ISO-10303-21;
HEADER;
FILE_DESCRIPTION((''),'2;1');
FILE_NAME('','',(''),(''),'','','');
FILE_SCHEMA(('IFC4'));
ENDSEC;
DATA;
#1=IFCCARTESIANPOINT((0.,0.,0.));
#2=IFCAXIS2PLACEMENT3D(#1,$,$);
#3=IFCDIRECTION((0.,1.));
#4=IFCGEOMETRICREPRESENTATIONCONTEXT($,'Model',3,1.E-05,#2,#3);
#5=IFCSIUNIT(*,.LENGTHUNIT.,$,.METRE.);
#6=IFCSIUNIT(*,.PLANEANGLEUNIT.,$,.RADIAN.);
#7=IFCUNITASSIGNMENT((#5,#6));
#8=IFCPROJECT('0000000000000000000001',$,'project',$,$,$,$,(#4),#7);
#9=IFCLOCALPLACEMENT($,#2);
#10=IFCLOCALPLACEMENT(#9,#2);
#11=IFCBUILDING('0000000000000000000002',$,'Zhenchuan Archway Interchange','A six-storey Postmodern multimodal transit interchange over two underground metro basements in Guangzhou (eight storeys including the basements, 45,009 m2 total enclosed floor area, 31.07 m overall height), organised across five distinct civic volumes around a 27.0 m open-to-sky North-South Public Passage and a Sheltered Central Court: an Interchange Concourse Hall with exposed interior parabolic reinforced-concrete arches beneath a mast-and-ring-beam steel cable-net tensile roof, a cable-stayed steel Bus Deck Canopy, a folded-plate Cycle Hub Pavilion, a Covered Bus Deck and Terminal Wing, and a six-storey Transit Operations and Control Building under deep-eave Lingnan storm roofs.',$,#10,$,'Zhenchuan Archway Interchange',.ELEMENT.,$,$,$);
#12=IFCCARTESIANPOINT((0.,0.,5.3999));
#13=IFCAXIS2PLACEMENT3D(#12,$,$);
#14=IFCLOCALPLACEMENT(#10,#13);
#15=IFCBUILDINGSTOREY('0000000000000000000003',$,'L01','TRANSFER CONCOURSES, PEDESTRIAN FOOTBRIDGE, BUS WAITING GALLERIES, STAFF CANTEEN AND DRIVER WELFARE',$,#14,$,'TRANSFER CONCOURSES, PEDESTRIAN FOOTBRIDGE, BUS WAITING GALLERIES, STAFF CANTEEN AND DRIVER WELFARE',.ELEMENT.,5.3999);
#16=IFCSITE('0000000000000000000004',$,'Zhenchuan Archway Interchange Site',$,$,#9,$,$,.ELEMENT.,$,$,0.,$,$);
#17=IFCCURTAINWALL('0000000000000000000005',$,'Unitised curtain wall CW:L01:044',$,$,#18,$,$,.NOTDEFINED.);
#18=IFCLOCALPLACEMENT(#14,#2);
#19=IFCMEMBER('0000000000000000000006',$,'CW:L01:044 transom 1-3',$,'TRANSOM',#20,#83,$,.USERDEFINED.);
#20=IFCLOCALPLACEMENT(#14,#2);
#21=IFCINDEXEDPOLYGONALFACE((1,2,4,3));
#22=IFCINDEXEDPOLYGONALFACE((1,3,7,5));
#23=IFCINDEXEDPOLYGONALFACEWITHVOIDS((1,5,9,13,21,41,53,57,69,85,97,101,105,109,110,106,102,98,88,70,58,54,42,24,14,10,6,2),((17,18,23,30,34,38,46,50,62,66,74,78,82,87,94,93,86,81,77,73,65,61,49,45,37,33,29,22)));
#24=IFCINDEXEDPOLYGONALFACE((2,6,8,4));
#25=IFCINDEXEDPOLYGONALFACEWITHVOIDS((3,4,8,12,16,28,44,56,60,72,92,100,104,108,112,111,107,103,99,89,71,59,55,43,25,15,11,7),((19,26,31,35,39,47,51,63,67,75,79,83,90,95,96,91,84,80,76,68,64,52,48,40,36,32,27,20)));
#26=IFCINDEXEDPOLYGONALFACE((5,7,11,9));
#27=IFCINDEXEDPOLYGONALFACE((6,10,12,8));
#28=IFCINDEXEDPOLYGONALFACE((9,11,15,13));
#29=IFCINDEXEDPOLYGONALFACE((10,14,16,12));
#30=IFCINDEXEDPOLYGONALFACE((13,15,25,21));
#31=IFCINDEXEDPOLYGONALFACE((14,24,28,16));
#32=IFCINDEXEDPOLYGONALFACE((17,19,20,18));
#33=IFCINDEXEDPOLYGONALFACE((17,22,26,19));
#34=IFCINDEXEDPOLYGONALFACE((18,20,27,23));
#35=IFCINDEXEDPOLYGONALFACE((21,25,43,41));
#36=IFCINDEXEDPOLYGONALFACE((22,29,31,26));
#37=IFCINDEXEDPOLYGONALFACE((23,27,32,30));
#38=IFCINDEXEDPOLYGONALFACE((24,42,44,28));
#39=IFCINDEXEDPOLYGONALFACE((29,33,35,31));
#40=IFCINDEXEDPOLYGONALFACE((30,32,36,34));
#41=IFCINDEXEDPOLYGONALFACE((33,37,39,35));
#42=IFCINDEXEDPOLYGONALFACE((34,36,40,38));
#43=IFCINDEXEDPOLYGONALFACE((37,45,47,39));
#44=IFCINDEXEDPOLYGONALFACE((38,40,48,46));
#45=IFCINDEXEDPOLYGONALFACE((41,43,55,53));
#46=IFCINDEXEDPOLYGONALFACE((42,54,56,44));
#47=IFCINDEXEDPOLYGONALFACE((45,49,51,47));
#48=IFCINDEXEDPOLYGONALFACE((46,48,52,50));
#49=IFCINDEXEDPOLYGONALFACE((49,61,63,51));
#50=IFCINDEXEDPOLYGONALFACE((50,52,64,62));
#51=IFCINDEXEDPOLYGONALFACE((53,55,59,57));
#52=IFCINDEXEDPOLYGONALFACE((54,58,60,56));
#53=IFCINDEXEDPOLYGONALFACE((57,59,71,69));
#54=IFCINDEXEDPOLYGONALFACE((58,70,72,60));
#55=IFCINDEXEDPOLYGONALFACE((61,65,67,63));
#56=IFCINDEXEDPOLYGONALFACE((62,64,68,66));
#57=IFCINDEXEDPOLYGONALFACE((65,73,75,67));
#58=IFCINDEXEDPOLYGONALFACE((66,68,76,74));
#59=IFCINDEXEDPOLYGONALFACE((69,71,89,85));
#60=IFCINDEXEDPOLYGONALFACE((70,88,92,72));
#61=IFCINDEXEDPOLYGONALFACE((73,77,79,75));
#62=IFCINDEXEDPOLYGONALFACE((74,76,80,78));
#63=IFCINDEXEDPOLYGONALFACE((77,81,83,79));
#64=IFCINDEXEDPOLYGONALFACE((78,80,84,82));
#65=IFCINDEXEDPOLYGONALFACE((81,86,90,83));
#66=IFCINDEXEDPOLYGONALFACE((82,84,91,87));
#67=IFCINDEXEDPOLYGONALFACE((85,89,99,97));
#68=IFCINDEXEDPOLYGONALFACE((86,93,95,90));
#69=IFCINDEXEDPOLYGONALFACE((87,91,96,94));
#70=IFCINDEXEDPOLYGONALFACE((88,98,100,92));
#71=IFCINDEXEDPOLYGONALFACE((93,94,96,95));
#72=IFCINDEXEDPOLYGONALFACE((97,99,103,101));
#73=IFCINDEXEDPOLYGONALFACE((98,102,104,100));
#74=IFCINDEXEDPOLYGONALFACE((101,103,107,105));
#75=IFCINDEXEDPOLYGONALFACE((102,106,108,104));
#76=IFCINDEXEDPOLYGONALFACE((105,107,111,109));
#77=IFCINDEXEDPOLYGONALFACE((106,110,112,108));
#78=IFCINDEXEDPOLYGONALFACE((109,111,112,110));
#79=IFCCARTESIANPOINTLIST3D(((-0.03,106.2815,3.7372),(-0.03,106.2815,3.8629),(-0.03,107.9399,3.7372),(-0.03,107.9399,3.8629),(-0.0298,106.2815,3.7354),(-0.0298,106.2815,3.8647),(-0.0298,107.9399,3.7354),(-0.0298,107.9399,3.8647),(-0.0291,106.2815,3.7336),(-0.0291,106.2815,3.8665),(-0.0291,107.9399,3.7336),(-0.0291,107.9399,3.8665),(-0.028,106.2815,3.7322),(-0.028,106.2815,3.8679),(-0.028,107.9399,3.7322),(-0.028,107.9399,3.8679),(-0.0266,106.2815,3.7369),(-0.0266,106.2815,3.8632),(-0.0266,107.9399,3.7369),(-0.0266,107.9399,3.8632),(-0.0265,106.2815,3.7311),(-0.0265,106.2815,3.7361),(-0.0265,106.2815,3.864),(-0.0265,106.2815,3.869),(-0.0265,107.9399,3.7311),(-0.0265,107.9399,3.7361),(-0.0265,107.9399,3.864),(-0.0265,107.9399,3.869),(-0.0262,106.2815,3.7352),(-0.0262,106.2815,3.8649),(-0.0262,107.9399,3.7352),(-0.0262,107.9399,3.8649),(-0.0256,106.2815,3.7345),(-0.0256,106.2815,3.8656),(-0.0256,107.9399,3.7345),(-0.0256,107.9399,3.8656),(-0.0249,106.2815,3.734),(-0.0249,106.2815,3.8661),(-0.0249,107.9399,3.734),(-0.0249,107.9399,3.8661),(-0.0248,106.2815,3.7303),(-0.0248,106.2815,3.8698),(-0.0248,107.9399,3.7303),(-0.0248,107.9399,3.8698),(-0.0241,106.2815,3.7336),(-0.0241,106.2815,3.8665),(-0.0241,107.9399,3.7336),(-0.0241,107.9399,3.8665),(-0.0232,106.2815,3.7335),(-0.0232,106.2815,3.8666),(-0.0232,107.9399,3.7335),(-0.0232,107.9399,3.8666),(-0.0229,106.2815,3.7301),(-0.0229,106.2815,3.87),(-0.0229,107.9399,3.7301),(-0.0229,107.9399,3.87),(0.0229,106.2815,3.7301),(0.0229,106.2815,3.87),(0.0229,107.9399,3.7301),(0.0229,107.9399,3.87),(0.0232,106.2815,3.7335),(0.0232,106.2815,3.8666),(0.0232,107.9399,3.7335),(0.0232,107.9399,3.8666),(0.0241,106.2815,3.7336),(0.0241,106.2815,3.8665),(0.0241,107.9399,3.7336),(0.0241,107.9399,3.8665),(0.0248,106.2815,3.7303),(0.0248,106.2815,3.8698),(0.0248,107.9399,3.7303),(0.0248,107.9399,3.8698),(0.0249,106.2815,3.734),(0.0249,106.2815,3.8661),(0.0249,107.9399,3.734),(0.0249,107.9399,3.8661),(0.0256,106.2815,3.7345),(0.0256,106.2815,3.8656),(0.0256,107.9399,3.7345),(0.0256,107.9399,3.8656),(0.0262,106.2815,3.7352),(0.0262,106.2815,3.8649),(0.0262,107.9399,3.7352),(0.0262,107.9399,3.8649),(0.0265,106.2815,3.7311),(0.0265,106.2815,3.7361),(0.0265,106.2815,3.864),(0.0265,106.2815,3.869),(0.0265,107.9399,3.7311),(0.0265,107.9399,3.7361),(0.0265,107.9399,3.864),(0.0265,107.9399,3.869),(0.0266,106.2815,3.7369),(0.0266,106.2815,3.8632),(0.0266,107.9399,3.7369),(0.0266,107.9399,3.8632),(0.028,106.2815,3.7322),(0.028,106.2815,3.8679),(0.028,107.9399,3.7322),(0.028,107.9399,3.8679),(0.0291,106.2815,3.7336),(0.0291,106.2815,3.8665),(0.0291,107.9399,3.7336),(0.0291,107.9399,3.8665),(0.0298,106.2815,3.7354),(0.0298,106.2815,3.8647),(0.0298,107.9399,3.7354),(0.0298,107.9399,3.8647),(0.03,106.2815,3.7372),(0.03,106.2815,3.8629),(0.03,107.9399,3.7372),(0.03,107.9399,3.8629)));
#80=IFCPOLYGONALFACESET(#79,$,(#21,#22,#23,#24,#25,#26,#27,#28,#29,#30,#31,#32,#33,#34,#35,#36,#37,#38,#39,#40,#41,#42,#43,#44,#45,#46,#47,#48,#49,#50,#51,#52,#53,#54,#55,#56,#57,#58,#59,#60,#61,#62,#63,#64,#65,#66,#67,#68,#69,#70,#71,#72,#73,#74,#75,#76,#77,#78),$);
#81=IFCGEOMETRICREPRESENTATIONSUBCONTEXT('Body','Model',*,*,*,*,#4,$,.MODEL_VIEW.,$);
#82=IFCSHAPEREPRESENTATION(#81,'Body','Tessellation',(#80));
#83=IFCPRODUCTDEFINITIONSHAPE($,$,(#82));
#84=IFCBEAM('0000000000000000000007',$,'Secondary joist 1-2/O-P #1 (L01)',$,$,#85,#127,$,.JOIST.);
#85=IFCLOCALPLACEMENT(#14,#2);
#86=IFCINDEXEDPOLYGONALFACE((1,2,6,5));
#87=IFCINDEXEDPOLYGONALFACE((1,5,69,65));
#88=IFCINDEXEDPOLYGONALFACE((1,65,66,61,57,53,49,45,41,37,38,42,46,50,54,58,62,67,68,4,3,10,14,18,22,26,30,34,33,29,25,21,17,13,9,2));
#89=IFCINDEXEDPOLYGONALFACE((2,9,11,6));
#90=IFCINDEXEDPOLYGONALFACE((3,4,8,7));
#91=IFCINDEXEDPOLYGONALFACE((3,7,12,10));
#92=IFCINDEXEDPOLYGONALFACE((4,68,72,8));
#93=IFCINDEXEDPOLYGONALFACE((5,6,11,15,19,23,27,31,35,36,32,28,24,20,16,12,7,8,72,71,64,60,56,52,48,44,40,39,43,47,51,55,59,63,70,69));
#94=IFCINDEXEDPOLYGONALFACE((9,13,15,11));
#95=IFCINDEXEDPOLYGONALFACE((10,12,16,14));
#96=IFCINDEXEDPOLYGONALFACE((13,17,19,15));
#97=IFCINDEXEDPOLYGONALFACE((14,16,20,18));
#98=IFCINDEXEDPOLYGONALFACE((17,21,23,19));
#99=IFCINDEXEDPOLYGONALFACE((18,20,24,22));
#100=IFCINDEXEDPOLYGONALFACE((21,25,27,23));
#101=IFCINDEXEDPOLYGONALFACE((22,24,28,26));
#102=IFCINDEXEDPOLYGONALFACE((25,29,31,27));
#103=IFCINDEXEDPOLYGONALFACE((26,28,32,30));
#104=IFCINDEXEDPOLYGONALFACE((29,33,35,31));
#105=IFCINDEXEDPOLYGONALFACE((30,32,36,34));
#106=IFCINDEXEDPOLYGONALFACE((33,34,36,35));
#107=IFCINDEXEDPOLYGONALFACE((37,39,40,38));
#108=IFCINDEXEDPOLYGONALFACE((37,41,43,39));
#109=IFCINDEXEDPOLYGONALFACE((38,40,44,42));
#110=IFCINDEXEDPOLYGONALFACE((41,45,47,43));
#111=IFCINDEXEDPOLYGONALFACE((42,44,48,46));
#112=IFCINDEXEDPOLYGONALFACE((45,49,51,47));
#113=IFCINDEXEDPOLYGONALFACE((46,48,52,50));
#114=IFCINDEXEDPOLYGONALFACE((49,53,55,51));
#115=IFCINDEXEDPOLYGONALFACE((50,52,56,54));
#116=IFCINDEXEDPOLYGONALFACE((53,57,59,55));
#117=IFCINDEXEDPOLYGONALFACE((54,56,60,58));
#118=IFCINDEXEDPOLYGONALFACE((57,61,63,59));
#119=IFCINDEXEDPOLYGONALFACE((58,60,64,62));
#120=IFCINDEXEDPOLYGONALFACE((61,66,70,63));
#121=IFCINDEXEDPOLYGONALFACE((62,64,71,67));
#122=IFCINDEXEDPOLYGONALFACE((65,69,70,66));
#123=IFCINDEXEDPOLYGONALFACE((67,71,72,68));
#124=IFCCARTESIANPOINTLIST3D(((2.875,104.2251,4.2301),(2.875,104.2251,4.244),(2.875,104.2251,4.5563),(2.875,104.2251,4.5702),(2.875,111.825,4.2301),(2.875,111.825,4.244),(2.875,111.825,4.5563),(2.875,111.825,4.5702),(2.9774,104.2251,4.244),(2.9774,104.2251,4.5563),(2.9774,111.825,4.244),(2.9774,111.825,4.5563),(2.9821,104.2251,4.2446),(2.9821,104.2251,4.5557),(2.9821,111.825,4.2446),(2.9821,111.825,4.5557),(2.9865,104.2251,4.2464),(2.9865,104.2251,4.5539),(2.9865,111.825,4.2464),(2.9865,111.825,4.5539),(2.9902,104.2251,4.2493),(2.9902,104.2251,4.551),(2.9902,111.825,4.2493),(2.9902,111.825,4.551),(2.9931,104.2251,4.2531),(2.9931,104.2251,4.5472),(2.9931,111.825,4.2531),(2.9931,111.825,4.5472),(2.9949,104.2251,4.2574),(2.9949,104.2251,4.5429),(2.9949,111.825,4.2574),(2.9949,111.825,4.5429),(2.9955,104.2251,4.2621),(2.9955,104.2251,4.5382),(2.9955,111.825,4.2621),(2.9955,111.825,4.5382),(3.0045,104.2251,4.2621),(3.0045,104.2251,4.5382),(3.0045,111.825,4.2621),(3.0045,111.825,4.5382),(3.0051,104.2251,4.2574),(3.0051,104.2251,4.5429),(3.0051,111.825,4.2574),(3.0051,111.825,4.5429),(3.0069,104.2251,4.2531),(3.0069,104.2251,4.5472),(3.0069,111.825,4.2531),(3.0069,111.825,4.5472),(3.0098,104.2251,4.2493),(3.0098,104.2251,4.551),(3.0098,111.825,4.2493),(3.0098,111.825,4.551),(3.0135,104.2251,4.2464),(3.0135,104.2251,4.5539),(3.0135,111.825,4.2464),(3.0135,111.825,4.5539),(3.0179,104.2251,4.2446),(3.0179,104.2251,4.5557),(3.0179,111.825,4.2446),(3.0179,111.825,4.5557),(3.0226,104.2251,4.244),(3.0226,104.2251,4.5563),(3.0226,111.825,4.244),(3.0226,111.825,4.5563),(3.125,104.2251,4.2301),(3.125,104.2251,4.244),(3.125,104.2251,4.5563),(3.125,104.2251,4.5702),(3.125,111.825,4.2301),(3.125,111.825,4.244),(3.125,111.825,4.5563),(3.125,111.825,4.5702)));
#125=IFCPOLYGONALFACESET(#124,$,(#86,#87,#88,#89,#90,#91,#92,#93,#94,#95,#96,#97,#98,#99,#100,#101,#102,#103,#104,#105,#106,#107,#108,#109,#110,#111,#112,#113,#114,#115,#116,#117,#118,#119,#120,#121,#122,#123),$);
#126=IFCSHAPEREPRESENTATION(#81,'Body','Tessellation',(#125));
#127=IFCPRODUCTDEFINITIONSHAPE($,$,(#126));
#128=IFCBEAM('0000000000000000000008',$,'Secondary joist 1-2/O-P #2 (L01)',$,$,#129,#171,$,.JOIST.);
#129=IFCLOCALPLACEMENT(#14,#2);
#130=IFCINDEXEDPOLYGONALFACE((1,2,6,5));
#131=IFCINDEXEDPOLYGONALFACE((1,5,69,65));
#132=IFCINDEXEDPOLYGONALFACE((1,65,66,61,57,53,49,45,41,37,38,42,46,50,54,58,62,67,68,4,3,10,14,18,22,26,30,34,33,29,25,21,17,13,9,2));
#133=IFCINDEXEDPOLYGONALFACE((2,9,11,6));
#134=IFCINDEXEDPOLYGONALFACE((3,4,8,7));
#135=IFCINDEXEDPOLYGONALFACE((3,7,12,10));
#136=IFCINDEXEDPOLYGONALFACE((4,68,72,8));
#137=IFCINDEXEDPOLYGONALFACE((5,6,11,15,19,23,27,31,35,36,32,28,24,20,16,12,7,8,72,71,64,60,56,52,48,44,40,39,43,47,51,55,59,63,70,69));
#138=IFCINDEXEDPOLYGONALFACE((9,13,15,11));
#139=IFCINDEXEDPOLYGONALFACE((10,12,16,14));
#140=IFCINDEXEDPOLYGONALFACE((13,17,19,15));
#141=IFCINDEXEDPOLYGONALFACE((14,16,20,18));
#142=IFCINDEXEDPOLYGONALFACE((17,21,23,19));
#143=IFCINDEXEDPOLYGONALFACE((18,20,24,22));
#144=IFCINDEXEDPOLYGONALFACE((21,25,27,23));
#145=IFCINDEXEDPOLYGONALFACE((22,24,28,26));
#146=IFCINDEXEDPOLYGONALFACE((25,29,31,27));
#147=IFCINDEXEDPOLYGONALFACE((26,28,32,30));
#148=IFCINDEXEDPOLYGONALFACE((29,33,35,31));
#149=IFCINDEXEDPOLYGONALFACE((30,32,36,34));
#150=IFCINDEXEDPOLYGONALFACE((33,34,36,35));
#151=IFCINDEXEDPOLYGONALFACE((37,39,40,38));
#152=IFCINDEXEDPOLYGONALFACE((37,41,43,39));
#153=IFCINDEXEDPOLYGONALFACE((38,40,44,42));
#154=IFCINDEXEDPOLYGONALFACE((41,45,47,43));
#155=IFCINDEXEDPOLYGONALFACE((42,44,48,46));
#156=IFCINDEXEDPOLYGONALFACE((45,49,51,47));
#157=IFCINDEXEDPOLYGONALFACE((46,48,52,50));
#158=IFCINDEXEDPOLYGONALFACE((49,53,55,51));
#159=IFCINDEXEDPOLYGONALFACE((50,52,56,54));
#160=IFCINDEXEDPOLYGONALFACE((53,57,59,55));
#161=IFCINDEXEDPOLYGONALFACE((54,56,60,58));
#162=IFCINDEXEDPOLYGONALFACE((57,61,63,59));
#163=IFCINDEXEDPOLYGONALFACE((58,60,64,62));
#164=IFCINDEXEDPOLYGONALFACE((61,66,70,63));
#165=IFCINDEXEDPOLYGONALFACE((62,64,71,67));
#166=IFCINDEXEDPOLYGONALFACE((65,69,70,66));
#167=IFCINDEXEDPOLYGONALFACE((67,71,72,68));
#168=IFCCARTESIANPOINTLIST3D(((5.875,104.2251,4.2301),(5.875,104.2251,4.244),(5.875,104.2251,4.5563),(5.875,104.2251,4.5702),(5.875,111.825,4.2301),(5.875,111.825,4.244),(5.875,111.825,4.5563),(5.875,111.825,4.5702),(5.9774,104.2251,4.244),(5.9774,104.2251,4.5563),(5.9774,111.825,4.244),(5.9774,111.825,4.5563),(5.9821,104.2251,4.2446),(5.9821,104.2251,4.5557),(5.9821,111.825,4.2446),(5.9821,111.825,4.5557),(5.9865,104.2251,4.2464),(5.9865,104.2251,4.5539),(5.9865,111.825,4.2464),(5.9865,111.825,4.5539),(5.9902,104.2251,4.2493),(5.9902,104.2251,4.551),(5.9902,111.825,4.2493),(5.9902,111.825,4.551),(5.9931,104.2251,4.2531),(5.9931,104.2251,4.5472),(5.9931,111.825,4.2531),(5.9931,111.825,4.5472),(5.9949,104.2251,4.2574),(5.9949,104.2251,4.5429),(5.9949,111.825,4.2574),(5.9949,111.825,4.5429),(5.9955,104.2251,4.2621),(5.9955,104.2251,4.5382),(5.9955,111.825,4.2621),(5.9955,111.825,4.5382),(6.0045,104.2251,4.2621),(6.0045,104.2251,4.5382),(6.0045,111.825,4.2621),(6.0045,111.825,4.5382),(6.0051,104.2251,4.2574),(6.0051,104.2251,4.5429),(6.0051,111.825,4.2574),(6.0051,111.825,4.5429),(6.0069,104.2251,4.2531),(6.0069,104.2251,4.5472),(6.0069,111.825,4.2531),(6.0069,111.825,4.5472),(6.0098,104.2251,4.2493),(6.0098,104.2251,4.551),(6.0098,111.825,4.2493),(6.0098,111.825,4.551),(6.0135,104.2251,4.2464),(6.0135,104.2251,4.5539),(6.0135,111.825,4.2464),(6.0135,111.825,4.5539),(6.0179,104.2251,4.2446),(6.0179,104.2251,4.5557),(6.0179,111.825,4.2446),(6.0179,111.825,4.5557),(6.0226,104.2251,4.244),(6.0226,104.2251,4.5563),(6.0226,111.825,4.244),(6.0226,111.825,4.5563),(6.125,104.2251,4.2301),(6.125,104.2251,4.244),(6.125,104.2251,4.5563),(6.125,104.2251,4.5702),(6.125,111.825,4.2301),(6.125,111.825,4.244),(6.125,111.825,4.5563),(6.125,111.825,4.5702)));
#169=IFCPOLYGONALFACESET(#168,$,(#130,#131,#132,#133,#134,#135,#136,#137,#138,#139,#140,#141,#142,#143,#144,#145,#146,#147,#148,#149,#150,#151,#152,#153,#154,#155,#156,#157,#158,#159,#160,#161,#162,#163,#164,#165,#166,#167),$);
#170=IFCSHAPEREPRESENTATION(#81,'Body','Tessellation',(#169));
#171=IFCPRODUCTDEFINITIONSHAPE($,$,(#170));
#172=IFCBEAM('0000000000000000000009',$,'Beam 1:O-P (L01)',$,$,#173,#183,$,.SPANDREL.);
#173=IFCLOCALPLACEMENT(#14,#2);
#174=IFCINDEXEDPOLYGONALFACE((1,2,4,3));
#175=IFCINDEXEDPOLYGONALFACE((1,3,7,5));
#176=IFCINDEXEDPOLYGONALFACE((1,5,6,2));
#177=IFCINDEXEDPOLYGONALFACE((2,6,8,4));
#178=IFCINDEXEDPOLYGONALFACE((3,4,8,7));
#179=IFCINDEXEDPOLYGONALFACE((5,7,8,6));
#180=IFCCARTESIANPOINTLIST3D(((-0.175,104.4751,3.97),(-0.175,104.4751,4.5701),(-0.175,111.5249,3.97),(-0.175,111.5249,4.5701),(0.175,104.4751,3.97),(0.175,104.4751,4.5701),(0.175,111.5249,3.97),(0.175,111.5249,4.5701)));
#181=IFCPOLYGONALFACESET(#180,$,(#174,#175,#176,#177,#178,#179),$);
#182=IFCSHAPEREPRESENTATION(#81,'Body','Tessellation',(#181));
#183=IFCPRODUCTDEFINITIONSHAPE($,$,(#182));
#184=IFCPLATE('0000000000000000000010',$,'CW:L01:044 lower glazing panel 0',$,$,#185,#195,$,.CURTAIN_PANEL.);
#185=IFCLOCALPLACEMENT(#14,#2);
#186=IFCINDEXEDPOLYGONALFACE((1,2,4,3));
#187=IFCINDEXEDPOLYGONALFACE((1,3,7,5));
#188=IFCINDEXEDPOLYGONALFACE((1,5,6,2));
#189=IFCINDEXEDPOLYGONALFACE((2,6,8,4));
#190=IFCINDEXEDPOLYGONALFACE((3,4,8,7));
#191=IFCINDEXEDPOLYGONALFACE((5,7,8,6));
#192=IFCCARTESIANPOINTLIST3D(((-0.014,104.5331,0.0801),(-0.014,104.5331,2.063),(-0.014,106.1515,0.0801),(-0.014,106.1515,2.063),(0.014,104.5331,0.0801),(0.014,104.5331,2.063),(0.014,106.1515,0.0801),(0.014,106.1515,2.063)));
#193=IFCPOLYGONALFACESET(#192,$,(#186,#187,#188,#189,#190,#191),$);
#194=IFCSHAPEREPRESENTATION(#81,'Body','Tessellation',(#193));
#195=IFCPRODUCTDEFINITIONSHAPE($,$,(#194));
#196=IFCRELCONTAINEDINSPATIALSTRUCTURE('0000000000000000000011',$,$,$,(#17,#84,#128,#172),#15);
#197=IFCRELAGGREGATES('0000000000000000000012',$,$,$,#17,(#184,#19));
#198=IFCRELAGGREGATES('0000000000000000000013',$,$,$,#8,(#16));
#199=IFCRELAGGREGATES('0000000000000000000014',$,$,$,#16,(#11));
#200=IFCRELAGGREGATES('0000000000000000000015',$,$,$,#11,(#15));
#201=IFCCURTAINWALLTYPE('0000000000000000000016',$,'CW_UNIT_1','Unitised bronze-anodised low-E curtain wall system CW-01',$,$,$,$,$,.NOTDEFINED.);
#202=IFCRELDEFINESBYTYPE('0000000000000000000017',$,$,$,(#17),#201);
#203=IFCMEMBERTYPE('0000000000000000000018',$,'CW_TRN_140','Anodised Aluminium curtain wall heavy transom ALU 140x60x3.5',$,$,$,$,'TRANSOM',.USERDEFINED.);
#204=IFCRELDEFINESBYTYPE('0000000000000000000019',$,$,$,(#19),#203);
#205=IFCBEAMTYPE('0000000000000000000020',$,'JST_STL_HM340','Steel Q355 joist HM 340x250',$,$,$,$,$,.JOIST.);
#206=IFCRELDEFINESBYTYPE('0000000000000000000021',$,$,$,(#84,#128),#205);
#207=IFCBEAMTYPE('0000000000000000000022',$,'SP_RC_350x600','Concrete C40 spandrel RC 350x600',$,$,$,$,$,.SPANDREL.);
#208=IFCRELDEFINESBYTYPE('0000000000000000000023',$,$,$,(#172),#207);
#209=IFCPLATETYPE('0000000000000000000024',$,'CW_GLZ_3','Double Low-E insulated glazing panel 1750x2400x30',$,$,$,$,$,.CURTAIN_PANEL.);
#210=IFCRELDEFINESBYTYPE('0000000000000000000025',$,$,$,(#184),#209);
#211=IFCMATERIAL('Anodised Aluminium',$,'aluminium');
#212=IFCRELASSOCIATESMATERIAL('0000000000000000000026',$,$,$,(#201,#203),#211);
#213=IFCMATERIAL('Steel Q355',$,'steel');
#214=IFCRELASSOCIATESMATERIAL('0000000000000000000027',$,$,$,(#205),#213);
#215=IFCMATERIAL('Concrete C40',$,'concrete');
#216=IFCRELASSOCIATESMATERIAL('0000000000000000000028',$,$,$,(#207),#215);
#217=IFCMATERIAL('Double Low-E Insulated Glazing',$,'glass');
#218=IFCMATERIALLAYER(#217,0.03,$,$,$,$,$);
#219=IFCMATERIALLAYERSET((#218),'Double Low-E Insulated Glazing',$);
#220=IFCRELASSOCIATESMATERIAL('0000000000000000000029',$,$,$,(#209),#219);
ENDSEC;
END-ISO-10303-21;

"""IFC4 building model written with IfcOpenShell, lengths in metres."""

from ifc_helpers import new_model, si_unit, direction, frame, origin, origin_2d, place, context, subcontext, project, spatial, rectangle, hollow_rectangle, i_section, extrude, material, layer, layer_set, material_profile, profile_set, type_object, element, aggregate, save


model = new_model("IFC4")

# Units and contexts
model_context = context("Model", 3, precision=1e-05, world=origin(), true_north=direction((0.0, 1.0)))
body_context = subcontext(model_context, "Body", "Model", "MODEL_VIEW")
ifc_project = project(units=[si_unit("LENGTHUNIT", "METRE"), si_unit("PLANEANGLEUNIT", "RADIAN")], contexts=[model_context])

# Site, building, storey
site_placement = place(None, origin())
site = spatial("IfcSite", under=ifc_project, at=site_placement, Name="Zhenchuan Archway Interchange Site", CompositionType="ELEMENT", RefElevation=0.0)
building_placement = place(site_placement, origin())
building = spatial("IfcBuilding", under=site, at=building_placement, Name="Zhenchuan Archway Interchange", Description="A six-storey Postmodern multimodal transit interchange over two underground metro basements in Guangzhou (eight storeys including the basements, 45,009 m2 total enclosed floor area, 31.07 m overall height), organised across five distinct civic volumes around a 27.0 m open-to-sky North-South Public Passage and a Sheltered Central Court: an Interchange Concourse Hall with exposed interior parabolic reinforced-concrete arches beneath a mast-and-ring-beam steel cable-net tensile roof, a cable-stayed steel Bus Deck Canopy, a folded-plate Cycle Hub Pavilion, a Covered Bus Deck and Terminal Wing, and a six-storey Transit Operations and Control Building under deep-eave Lingnan storm roofs.", LongName="Zhenchuan Archway Interchange", CompositionType="ELEMENT")
storey_placement = place(building_placement, frame((0.0, 0.0, 5.3999)))
storey = spatial("IfcBuildingStorey", under=building, at=storey_placement, Name="L01", Description="TRANSFER CONCOURSES, PEDESTRIAN FOOTBRIDGE, BUS WAITING GALLERIES, STAFF CANTEEN AND DRIVER WELFARE", LongName="TRANSFER CONCOURSES, PEDESTRIAN FOOTBRIDGE, BUS WAITING GALLERIES, STAFF CANTEEN AND DRIVER WELFARE", CompositionType="ELEMENT", Elevation=5.3999)

# Shared definitions
ifc_material_1 = material(Name="Concrete C40", Category="concrete")

# Shared definitions
ifc_material_2 = material(Name="Anodised Aluminium", Category="aluminium")

# Curtain wall, member
curtain_wall_type_1 = type_object("IfcCurtainWallType", Name="CW_UNIT_1", Description="Unitised bronze-anodised low-E curtain wall system CW-01", PredefinedType="NOTDEFINED", material=ifc_material_2)
curtain_wall_1_placement = place(storey_placement, origin())
curtain_wall_1 = element("IfcCurtainWall", 1, at=curtain_wall_1_placement, inside=storey, type_object=curtain_wall_type_1, Name="Unitised curtain wall CW:L01:044", PredefinedType="NOTDEFINED")
ifc_material_profile_1 = material_profile(ifc_material_2, hollow_rectangle(XDim=0.0601, YDim=0.1399, WallThickness=0.0034, InnerFilletRadius=0.0034, OuterFilletRadius=0.0071, at=origin_2d()), Name="ALU 140x60x3.5")
ifc_profile_set_1 = profile_set([ifc_material_profile_1], Name="Anodised Aluminium")
member_type_1 = type_object("IfcMemberType", Name="CW_TRN_140", Description="Anodised Aluminium curtain wall heavy transom ALU 140x60x3.5", ElementType="TRANSOM", PredefinedType="USERDEFINED", material=ifc_profile_set_1)
member_1_placement = place(storey_placement, frame((0.0, 106.2815, 3.8), z_axis=(0.0, 1.0, 0.0), x_axis=(-1.0, 0.0, 0.0)))
member_1 = element("IfcMember", 2, at=member_1_placement, type_object=member_type_1, Name="CW:L01:044 transom 1-3", ObjectType="TRANSOM", PredefinedType="USERDEFINED", context=body_context, shape_type="SweptSolid", body=[
    extrude(hollow_rectangle(XDim=0.0601, YDim=0.1399, WallThickness=0.0034, InnerFilletRadius=0.0034, OuterFilletRadius=0.0071, at=origin_2d()), origin(), (0.0, 0.0, 1.0), 1.6584),
])

# Beams
ifc_material_3 = material(Name="Steel Q355", Category="steel")
ifc_material_profile_2 = material_profile(ifc_material_3, i_section(OverallWidth=0.25, OverallDepth=0.3401, WebThickness=0.009, FlangeThickness=0.0139, FilletRadius=0.0181, at=origin_2d()), Name="HM 340x250")
ifc_profile_set_2 = profile_set([ifc_material_profile_2], Name="Steel Q355")
beam_type_1 = type_object("IfcBeamType", Name="JST_STL_HM340", Description="Steel Q355 joist HM 340x250", PredefinedType="JOIST", material=ifc_profile_set_2)
for number, where, z_axis, x_axis, name in (
    (3, (3.0, 104.2251, 4.4001), (0.0, 1.0, 0.0), (-1.0, 0.0, 0.0), "Secondary joist 1-2/O-P #1 (L01)"),
    (4, (6.0, 104.2251, 4.4001), (0.0, 1.0, 0.0), (-1.0, 0.0, 0.0), "Secondary joist 1-2/O-P #2 (L01)"),
):
    element("IfcBeam", number, at=place(storey_placement, frame(where, z_axis=z_axis, x_axis=x_axis)), inside=storey, type_object=beam_type_1, Name=name, PredefinedType="JOIST", context=body_context, shape_type="SweptSolid", body=[
        extrude(i_section(OverallWidth=0.25, OverallDepth=0.3401, WebThickness=0.009, FlangeThickness=0.0139, FilletRadius=0.0181, at=origin_2d()), origin(), (0.0, 0.0, 1.0), 7.5999),
    ])
ifc_material_profile_3 = material_profile(ifc_material_1, rectangle(XDim=0.3501, YDim=0.6001, at=origin_2d()), Name="RC 350x600")
ifc_profile_set_3 = profile_set([ifc_material_profile_3], Name="Concrete C40")
beam_type_2 = type_object("IfcBeamType", Name="SP_RC_350x600", Description="Concrete C40 spandrel RC 350x600", PredefinedType="SPANDREL", material=ifc_profile_set_3)
beam_1_placement = place(storey_placement, frame((0.0, 104.4751, 4.27), z_axis=(0.0, 1.0, 0.0), x_axis=(-1.0, 0.0, 0.0)))
element("IfcBeam", 5, at=beam_1_placement, inside=storey, type_object=beam_type_2, Name="Beam 1:O-P (L01)", PredefinedType="SPANDREL", context=body_context, shape_type="SweptSolid", body=[
    extrude(rectangle(XDim=0.3501, YDim=0.6001, at=origin_2d()), origin(), (0.0, 0.0, 1.0), 7.0498),
])

# Plate
ifc_material_4 = material(Name="Double Low-E Insulated Glazing", Category="glass")
ifc_layer_1 = layer(ifc_material_4, 0.03)
ifc_layer_set_1 = layer_set([ifc_layer_1], Name="Double Low-E Insulated Glazing")
plate_type_1 = type_object("IfcPlateType", Name="CW_GLZ_3", Description="Double Low-E insulated glazing panel 1750x2400x30", PredefinedType="CURTAIN_PANEL", material=ifc_layer_set_1)
plate_1_placement = place(storey_placement, frame((0.0, 105.3423, 0.0801), z_axis=(0.0, 0.0, 1.0), x_axis=(0.0, 1.0, 0.0)))
plate_1 = element("IfcPlate", 6, at=plate_1_placement, type_object=plate_type_1, Name="CW:L01:044 lower glazing panel 0", PredefinedType="CURTAIN_PANEL", context=body_context, shape_type="SweptSolid", body=[
    extrude(rectangle(XDim=1.6184, YDim=0.0281, at=origin_2d()), origin(), (0.0, 0.0, 1.0), 1.9829),
])
aggregate(curtain_wall_1, [plate_1, member_1])

save(model, "model.ifc")
